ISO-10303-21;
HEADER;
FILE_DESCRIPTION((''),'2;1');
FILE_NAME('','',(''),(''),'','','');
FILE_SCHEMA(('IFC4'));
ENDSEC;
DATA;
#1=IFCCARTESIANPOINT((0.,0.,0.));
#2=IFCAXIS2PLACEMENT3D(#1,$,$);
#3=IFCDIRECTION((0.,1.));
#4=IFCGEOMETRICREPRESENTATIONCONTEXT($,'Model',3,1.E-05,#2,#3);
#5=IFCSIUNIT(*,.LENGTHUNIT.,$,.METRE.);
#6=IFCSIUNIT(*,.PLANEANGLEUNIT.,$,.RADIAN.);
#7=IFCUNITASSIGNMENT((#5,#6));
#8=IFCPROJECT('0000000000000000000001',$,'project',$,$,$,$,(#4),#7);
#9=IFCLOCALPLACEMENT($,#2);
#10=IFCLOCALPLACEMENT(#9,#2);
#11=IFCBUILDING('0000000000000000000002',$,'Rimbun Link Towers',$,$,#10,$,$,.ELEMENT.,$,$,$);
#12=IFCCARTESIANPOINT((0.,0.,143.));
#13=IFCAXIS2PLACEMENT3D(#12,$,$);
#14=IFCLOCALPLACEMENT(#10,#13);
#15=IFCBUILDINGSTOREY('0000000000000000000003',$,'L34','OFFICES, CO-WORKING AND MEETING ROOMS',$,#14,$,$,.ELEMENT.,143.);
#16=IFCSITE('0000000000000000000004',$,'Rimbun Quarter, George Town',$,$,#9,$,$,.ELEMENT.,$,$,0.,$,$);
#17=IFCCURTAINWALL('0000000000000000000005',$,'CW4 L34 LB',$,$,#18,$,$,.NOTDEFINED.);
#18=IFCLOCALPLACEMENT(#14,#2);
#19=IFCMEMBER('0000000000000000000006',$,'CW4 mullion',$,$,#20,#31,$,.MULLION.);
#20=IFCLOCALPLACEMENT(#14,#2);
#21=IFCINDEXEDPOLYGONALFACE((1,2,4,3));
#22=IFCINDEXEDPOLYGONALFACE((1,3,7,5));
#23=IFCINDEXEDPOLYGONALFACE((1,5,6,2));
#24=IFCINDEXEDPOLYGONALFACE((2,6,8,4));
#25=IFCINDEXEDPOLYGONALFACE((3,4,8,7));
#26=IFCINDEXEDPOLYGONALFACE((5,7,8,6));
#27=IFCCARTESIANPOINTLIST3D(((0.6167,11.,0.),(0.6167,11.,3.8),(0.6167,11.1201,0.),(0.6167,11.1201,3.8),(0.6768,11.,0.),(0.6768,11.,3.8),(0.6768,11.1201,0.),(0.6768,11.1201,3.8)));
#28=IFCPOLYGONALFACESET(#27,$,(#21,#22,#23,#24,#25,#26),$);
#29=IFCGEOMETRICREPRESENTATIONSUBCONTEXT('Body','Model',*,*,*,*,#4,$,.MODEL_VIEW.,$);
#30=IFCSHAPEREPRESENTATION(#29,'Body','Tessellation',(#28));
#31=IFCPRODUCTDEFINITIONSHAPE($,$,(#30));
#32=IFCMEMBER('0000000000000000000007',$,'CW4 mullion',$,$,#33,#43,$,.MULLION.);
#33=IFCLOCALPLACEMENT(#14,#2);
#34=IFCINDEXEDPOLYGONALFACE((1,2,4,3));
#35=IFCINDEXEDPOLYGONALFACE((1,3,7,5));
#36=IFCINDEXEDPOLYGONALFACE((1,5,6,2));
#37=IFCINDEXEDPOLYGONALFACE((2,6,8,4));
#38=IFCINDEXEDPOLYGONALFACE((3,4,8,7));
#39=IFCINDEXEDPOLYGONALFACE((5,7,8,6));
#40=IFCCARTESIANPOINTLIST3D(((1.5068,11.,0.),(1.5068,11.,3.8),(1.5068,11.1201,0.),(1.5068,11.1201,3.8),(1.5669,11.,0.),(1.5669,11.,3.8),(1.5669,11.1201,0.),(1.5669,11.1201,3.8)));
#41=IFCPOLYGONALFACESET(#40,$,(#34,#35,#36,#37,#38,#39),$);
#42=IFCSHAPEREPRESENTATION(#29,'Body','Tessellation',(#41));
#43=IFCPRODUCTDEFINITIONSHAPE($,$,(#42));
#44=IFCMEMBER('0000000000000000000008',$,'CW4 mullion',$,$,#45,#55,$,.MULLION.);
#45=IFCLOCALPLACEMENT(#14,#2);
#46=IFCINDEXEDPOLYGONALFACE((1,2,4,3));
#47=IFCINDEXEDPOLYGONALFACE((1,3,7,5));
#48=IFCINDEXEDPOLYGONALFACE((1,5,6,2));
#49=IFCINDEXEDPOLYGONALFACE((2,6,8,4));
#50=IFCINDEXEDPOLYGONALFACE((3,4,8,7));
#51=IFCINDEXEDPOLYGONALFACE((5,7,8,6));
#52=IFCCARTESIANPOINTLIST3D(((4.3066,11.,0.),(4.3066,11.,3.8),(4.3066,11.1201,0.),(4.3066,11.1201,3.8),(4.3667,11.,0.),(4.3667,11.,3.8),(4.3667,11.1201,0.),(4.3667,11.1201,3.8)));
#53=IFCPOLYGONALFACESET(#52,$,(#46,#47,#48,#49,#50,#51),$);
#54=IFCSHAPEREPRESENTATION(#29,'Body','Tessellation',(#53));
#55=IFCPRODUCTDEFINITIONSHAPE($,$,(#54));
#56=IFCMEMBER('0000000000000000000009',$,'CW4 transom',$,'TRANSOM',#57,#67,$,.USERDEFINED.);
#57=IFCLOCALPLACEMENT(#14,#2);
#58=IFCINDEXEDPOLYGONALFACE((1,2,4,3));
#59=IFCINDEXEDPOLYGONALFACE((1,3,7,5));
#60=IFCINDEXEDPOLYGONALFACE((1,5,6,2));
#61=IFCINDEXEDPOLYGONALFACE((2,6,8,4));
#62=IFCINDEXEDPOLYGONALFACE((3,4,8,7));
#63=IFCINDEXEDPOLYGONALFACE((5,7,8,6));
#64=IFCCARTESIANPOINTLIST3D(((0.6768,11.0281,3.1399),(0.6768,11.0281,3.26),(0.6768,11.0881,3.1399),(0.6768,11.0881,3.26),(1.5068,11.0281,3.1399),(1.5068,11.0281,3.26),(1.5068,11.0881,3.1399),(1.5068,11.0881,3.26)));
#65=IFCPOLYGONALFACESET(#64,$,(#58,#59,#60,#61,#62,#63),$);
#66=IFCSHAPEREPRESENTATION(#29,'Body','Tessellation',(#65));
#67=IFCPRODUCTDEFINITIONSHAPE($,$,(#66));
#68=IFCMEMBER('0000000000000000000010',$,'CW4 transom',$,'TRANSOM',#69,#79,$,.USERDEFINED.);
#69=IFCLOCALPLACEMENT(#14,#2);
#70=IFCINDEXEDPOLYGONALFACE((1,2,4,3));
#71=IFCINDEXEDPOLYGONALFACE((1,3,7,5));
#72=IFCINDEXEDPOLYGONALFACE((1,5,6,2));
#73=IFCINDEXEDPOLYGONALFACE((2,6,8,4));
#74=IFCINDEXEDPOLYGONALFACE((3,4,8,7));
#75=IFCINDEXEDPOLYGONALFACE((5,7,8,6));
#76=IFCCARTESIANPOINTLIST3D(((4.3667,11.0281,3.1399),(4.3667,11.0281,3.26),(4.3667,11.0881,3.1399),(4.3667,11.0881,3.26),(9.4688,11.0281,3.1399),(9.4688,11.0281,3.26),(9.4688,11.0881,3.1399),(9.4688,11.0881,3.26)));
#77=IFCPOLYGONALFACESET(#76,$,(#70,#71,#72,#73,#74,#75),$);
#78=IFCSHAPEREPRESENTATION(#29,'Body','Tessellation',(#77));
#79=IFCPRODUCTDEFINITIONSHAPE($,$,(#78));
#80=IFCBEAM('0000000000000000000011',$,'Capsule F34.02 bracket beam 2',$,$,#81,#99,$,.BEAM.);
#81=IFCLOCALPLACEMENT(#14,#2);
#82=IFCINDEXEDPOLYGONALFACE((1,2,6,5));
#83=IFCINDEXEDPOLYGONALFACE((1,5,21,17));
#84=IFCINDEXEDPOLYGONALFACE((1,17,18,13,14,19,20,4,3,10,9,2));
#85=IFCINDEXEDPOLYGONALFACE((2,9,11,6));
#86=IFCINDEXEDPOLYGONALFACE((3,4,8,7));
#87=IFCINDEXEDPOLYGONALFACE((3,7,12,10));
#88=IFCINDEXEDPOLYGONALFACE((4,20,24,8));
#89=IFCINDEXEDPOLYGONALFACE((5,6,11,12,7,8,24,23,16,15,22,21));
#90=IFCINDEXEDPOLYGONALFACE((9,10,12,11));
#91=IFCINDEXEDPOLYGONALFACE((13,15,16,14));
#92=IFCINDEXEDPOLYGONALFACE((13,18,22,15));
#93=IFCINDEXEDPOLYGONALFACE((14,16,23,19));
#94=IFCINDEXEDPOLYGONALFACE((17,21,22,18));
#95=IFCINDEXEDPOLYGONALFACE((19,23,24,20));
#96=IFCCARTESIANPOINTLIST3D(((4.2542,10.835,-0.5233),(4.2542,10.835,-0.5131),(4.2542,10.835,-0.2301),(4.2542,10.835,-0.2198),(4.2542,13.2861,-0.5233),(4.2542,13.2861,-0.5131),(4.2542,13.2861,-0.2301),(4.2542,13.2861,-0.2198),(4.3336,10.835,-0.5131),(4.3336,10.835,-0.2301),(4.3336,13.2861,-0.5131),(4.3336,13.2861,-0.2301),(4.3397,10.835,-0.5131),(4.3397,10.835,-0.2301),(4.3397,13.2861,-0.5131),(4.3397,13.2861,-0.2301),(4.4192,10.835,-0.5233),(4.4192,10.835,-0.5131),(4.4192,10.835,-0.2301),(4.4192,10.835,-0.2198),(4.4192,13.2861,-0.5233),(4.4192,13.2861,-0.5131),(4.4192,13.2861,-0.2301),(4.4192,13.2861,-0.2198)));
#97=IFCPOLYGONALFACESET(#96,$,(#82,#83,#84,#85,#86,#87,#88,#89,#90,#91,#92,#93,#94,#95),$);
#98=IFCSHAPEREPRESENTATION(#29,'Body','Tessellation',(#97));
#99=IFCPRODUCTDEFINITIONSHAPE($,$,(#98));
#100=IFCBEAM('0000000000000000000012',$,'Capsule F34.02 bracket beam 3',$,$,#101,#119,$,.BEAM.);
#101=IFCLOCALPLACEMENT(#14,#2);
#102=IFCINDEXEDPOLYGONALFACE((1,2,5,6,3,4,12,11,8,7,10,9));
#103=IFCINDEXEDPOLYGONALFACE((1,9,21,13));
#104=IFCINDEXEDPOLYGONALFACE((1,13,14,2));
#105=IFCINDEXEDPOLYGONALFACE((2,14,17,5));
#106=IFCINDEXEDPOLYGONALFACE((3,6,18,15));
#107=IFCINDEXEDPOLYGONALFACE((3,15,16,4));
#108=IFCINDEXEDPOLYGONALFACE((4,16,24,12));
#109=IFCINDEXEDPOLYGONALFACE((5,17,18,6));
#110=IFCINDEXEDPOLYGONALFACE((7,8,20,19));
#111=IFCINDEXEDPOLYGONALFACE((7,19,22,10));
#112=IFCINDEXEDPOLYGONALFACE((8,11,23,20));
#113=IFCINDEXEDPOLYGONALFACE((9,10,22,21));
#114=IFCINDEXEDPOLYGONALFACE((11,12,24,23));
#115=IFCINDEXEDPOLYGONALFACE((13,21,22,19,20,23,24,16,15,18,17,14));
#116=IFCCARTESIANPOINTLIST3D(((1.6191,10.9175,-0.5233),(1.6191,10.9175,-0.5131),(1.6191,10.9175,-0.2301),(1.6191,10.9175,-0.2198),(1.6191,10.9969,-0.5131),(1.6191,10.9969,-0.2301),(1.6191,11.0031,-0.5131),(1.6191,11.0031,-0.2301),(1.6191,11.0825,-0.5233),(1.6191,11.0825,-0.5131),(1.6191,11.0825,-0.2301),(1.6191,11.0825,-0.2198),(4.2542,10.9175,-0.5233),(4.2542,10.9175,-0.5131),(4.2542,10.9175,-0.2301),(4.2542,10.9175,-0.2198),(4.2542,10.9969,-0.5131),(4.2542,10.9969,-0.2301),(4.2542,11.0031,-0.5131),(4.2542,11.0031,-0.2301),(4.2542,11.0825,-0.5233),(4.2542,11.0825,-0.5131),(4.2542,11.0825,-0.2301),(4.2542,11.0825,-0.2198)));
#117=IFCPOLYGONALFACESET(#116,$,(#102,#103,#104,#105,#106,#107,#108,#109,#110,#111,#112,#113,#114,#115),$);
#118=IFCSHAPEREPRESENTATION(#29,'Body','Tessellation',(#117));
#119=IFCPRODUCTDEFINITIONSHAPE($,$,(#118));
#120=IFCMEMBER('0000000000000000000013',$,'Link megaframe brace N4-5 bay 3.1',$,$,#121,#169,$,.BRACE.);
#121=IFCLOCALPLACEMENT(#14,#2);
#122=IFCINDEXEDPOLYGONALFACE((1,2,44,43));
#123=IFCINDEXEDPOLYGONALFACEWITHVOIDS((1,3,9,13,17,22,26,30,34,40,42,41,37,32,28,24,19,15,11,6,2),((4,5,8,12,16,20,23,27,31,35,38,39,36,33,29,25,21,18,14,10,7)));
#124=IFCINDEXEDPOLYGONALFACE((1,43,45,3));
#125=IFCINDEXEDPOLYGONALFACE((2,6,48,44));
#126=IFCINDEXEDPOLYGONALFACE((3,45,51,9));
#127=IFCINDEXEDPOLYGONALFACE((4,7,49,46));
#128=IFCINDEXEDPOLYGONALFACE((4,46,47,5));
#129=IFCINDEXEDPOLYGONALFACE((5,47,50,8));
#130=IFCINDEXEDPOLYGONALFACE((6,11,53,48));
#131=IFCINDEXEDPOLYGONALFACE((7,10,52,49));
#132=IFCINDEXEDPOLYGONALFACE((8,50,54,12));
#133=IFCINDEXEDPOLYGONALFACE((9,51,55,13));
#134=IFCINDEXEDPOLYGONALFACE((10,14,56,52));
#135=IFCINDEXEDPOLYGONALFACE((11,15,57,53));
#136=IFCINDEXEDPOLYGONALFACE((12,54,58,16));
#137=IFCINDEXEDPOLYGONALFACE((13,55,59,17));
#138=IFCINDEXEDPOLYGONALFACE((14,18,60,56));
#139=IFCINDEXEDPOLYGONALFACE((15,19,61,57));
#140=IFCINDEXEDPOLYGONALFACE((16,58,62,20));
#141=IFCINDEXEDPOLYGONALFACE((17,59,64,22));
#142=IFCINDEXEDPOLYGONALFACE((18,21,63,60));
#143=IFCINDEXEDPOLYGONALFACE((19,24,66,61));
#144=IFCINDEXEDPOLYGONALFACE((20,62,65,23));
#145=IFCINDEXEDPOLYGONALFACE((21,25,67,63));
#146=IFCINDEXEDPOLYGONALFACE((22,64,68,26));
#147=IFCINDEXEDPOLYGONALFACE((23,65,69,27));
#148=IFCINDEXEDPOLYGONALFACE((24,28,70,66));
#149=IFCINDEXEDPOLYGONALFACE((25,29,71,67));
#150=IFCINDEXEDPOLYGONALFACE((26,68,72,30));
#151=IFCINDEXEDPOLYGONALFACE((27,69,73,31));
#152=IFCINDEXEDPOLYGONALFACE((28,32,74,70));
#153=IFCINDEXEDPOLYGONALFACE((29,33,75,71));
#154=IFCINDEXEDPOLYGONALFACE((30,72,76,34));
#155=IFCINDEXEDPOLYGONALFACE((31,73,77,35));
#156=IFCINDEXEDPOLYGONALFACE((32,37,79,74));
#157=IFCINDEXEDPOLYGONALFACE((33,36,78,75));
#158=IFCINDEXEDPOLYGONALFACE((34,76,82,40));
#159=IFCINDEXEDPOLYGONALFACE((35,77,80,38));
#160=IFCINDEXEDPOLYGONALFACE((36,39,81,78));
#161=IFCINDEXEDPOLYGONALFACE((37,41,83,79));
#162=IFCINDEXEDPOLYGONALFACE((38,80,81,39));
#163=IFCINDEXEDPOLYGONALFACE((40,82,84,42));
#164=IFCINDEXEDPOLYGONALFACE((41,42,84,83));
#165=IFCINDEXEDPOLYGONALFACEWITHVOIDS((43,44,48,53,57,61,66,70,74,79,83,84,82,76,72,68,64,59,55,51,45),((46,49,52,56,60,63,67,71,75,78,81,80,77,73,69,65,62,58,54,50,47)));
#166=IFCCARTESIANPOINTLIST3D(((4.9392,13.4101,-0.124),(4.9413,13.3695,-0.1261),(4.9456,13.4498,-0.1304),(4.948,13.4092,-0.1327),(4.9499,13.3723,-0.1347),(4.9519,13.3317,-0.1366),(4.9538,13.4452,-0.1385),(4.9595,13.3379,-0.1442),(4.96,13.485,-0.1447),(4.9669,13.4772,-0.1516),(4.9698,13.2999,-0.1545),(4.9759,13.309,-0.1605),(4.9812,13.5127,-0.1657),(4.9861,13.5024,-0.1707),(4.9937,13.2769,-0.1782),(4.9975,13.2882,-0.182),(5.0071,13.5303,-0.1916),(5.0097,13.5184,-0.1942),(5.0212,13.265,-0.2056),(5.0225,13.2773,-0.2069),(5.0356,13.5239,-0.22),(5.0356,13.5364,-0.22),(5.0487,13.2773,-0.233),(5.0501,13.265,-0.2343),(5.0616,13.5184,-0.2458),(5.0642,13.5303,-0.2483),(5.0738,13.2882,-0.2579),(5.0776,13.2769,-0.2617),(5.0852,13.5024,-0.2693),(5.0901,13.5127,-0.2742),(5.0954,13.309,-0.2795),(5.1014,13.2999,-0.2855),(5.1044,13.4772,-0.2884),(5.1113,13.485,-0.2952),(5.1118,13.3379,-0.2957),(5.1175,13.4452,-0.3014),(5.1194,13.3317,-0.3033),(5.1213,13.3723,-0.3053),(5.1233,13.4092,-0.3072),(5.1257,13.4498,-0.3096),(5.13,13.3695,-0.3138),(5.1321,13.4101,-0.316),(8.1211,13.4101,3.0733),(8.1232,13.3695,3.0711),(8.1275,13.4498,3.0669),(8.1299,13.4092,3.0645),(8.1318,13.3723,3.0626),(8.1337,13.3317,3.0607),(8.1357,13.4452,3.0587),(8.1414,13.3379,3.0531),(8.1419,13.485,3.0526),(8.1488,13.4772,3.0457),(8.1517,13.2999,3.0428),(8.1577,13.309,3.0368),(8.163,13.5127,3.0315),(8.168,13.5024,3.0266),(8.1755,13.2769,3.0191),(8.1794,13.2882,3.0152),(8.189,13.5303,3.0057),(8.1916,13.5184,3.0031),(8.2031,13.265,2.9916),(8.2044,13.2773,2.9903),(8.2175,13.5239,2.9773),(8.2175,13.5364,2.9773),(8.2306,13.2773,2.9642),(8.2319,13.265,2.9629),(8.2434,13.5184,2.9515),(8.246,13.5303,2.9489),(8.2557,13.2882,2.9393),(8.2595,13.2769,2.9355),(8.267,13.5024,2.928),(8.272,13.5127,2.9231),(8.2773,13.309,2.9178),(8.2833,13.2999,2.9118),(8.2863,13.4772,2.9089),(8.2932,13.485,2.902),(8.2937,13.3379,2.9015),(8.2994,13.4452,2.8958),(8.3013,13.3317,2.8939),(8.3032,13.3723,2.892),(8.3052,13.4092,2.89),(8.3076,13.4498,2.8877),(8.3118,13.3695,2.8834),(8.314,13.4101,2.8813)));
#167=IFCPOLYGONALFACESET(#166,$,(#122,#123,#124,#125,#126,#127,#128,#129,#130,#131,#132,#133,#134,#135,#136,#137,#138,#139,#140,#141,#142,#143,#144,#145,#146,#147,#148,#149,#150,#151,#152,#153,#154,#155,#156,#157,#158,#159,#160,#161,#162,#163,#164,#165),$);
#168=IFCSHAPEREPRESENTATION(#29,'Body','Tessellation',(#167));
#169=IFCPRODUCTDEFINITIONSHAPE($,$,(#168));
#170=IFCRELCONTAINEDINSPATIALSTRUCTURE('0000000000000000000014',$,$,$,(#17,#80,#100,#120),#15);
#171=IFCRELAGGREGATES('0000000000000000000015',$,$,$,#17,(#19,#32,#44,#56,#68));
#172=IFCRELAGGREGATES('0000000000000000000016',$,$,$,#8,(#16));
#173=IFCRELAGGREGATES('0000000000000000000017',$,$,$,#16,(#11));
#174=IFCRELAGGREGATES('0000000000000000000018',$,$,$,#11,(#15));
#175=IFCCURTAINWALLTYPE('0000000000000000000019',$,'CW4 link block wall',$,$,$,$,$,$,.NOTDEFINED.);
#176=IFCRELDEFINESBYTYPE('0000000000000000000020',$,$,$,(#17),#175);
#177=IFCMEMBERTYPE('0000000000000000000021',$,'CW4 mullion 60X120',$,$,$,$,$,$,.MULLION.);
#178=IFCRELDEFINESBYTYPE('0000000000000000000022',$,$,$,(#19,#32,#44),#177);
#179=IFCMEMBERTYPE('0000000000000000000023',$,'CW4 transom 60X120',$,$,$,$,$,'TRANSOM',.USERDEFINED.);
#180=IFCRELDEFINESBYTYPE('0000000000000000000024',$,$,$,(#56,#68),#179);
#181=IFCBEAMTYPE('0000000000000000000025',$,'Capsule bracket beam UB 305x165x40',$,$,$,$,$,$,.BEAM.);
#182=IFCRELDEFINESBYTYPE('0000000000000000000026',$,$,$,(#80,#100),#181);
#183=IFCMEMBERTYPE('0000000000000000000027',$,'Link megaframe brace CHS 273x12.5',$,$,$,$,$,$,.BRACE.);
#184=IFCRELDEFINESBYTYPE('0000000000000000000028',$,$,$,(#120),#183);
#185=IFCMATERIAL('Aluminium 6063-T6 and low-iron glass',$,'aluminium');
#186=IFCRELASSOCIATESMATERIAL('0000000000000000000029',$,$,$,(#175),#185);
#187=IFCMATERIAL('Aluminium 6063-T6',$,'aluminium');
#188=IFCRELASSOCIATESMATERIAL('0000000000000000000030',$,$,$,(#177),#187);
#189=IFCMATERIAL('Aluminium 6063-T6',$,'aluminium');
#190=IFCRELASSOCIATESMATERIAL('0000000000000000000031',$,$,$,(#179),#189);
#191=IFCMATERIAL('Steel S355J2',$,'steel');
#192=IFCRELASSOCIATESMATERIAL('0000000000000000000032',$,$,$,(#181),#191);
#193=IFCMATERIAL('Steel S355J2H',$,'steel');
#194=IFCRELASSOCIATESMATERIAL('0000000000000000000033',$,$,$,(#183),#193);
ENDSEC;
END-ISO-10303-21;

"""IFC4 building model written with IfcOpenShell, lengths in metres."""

from ifc_helpers import new_model, si_unit, direction, frame, origin, origin_2d, place, context, subcontext, project, spatial, rectangle, hollow_circle, i_section, extrude, material, material_profile, profile_set, type_object, element, aggregate, save


model = new_model("IFC4")

# Units and contexts
model_context = context("Model", 3, precision=1e-05, world=origin(), true_north=direction((0.0, 1.0)))
body_context = subcontext(model_context, "Body", "Model", "MODEL_VIEW")
ifc_project = project(units=[si_unit("LENGTHUNIT", "METRE"), si_unit("PLANEANGLEUNIT", "RADIAN")], contexts=[model_context])

# Site, building, storey
site_placement = place(None, origin())
site = spatial("IfcSite", under=ifc_project, at=site_placement, Name="Rimbun Quarter, George Town", CompositionType="ELEMENT", RefElevation=0.0)
building_placement = place(site_placement, origin())
building = spatial("IfcBuilding", under=site, at=building_placement, Name="Rimbun Link Towers", CompositionType="ELEMENT")
storey_placement = place(building_placement, frame((0.0, 0.0, 143.0)))
storey = spatial("IfcBuildingStorey", under=building, at=storey_placement, Name="L34", Description="OFFICES, CO-WORKING AND MEETING ROOMS", CompositionType="ELEMENT", Elevation=143.0)

# Curtain wall, members
ifc_material_1 = material(Name="Aluminium 6063-T6 and low-iron glass", Category="aluminium")
curtain_wall_type = type_object("IfcCurtainWallType", Name="CW4 link block wall", PredefinedType="NOTDEFINED", material=ifc_material_1)
curtain_wall_placement = place(storey_placement, origin())
curtain_wall = element("IfcCurtainWall", 1, at=curtain_wall_placement, inside=storey, type_object=curtain_wall_type, Name="CW4 L34 LB", PredefinedType="NOTDEFINED")
ifc_material_2 = material(Name="Aluminium 6063-T6", Category="aluminium")
ifc_material_profile_1 = material_profile(ifc_material_2, rectangle(XDim=0.1201, YDim=0.0601, at=origin_2d()), Name="MULLION 60X120")
ifc_profile_set_1 = profile_set([ifc_material_profile_1], Name="Aluminium 6063-T6")
member_type_1 = type_object("IfcMemberType", Name="CW4 mullion 60X120", PredefinedType="MULLION", material=ifc_profile_set_1)
member_1_placement = place(storey_placement, frame((0.6467, 11.0601, 0.0), z_axis=(0.0, 0.0, 1.0), x_axis=(0.0, 1.0, 0.0)))
member_1 = element("IfcMember", 2, at=member_1_placement, type_object=member_type_1, Name="CW4 mullion", PredefinedType="MULLION", context=body_context, shape_type="SweptSolid", body=[
    extrude(rectangle(XDim=0.1201, YDim=0.0601, at=origin_2d()), origin(), (0.0, 0.0, 1.0), 3.8),
])
member_2_placement = place(storey_placement, frame((1.5369, 11.0601, 0.0), z_axis=(0.0, 0.0, 1.0), x_axis=(0.0, 1.0, 0.0)))
member_2 = element("IfcMember", 3, at=member_2_placement, type_object=member_type_1, Name="CW4 mullion", PredefinedType="MULLION", context=body_context, shape_type="SweptSolid", body=[
    extrude(rectangle(XDim=0.1201, YDim=0.0601, at=origin_2d()), origin(), (0.0, 0.0, 1.0), 3.8),
])
member_3_placement = place(storey_placement, frame((4.3367, 11.0601, 0.0), z_axis=(0.0, 0.0, 1.0), x_axis=(0.0, 1.0, 0.0)))
member_3 = element("IfcMember", 4, at=member_3_placement, type_object=member_type_1, Name="CW4 mullion", PredefinedType="MULLION", context=body_context, shape_type="SweptSolid", body=[
    extrude(rectangle(XDim=0.1201, YDim=0.0601, at=origin_2d()), origin(), (0.0, 0.0, 1.0), 3.8),
])
ifc_material_3 = material(Name="Aluminium 6063-T6", Category="aluminium")
ifc_material_profile_2 = material_profile(ifc_material_3, rectangle(XDim=0.0601, YDim=0.1201, at=origin_2d()), Name="TRANSOM 60X120")
ifc_profile_set_2 = profile_set([ifc_material_profile_2], Name="Aluminium 6063-T6")
member_type_2 = type_object("IfcMemberType", Name="CW4 transom 60X120", ElementType="TRANSOM", PredefinedType="USERDEFINED", material=ifc_profile_set_2)
member_4_placement = place(storey_placement, frame((0.6768, 11.0581, 3.2), z_axis=(1.0, 0.0, 0.0), x_axis=(0.0, 1.0, 0.0)))
member_4 = element("IfcMember", 5, at=member_4_placement, type_object=member_type_2, Name="CW4 transom", ObjectType="TRANSOM", PredefinedType="USERDEFINED", context=body_context, shape_type="SweptSolid", body=[
    extrude(rectangle(XDim=0.0601, YDim=0.1201, at=origin_2d()), origin(), (0.0, 0.0, 1.0), 0.8301),
])
member_5_placement = place(storey_placement, frame((4.3667, 11.0581, 3.2), z_axis=(1.0, 0.0, 0.0), x_axis=(0.0, 1.0, 0.0)))
member_5 = element("IfcMember", 6, at=member_5_placement, type_object=member_type_2, Name="CW4 transom", ObjectType="TRANSOM", PredefinedType="USERDEFINED", context=body_context, shape_type="SweptSolid", body=[
    extrude(rectangle(XDim=0.0601, YDim=0.1201, at=origin_2d()), origin(), (0.0, 0.0, 1.0), 5.1021),
])

# Beams
ifc_material_4 = material(Name="Steel S355J2", Category="steel")
ifc_material_profile_3 = material_profile(ifc_material_4, i_section(OverallWidth=0.165, OverallDepth=0.3035, WebThickness=0.0061, FlangeThickness=0.0103, at=origin_2d()), Name="UB 305x165x40")
ifc_profile_set_3 = profile_set([ifc_material_profile_3], Name="Steel S355J2")
beam_type_1 = type_object("IfcBeamType", Name="Capsule bracket beam UB 305x165x40", PredefinedType="BEAM", material=ifc_profile_set_3)
beam_1_placement = place(storey_placement, frame((4.3367, 10.835, -0.3716), z_axis=(0.0, 1.0, 0.0), x_axis=(-1.0, 0.0, 0.0)))
element("IfcBeam", 7, at=beam_1_placement, inside=storey, type_object=beam_type_1, Name="Capsule F34.02 bracket beam 2", PredefinedType="BEAM", context=body_context, shape_type="SweptSolid", body=[
    extrude(i_section(OverallWidth=0.165, OverallDepth=0.3035, WebThickness=0.0061, FlangeThickness=0.0103, at=origin_2d()), origin(), (0.0, 0.0, 1.0), 2.4512),
])
beam_2_placement = place(storey_placement, frame((1.6191, 11.0, -0.3716), z_axis=(1.0, 0.0, 0.0), x_axis=(0.0, 1.0, 0.0)))
element("IfcBeam", 8, at=beam_2_placement, inside=storey, type_object=beam_type_1, Name="Capsule F34.02 bracket beam 3", PredefinedType="BEAM", context=body_context, shape_type="SweptSolid", body=[
    extrude(i_section(OverallWidth=0.165, OverallDepth=0.3035, WebThickness=0.0061, FlangeThickness=0.0103, at=origin_2d()), origin(), (0.0, 0.0, 1.0), 2.635),
])

# Member
ifc_material_5 = material(Name="Steel S355J2H", Category="steel")
ifc_material_profile_4 = material_profile(ifc_material_5, hollow_circle(Radius=0.1365, WallThickness=0.0125, at=origin_2d()), Name="CHS 273x12.5")
ifc_profile_set_4 = profile_set([ifc_material_profile_4], Name="Steel S355J2H")
member_type_3 = type_object("IfcMemberType", Name="Link megaframe brace CHS 273x12.5", PredefinedType="BRACE", material=ifc_profile_set_4)
member_6_placement = place(storey_placement, frame((5.0356, 13.3999, -0.22), z_axis=(0.7054, 0.0, 0.70881), x_axis=(0.0, 1.0, 0.0)))
element("IfcMember", 9, at=member_6_placement, inside=storey, type_object=member_type_3, Name="Link megaframe brace N4-5 bay 3.1", PredefinedType="BRACE", context=body_context, shape_type="SweptSolid", body=[
    extrude(hollow_circle(Radius=0.1365, WallThickness=0.0125, at=origin_2d()), origin(), (0.0, 0.0, 1.0), 4.5107),
])

aggregate(curtain_wall, [member_1, member_2, member_3, member_4, member_5])

save(model, "model.ifc")
